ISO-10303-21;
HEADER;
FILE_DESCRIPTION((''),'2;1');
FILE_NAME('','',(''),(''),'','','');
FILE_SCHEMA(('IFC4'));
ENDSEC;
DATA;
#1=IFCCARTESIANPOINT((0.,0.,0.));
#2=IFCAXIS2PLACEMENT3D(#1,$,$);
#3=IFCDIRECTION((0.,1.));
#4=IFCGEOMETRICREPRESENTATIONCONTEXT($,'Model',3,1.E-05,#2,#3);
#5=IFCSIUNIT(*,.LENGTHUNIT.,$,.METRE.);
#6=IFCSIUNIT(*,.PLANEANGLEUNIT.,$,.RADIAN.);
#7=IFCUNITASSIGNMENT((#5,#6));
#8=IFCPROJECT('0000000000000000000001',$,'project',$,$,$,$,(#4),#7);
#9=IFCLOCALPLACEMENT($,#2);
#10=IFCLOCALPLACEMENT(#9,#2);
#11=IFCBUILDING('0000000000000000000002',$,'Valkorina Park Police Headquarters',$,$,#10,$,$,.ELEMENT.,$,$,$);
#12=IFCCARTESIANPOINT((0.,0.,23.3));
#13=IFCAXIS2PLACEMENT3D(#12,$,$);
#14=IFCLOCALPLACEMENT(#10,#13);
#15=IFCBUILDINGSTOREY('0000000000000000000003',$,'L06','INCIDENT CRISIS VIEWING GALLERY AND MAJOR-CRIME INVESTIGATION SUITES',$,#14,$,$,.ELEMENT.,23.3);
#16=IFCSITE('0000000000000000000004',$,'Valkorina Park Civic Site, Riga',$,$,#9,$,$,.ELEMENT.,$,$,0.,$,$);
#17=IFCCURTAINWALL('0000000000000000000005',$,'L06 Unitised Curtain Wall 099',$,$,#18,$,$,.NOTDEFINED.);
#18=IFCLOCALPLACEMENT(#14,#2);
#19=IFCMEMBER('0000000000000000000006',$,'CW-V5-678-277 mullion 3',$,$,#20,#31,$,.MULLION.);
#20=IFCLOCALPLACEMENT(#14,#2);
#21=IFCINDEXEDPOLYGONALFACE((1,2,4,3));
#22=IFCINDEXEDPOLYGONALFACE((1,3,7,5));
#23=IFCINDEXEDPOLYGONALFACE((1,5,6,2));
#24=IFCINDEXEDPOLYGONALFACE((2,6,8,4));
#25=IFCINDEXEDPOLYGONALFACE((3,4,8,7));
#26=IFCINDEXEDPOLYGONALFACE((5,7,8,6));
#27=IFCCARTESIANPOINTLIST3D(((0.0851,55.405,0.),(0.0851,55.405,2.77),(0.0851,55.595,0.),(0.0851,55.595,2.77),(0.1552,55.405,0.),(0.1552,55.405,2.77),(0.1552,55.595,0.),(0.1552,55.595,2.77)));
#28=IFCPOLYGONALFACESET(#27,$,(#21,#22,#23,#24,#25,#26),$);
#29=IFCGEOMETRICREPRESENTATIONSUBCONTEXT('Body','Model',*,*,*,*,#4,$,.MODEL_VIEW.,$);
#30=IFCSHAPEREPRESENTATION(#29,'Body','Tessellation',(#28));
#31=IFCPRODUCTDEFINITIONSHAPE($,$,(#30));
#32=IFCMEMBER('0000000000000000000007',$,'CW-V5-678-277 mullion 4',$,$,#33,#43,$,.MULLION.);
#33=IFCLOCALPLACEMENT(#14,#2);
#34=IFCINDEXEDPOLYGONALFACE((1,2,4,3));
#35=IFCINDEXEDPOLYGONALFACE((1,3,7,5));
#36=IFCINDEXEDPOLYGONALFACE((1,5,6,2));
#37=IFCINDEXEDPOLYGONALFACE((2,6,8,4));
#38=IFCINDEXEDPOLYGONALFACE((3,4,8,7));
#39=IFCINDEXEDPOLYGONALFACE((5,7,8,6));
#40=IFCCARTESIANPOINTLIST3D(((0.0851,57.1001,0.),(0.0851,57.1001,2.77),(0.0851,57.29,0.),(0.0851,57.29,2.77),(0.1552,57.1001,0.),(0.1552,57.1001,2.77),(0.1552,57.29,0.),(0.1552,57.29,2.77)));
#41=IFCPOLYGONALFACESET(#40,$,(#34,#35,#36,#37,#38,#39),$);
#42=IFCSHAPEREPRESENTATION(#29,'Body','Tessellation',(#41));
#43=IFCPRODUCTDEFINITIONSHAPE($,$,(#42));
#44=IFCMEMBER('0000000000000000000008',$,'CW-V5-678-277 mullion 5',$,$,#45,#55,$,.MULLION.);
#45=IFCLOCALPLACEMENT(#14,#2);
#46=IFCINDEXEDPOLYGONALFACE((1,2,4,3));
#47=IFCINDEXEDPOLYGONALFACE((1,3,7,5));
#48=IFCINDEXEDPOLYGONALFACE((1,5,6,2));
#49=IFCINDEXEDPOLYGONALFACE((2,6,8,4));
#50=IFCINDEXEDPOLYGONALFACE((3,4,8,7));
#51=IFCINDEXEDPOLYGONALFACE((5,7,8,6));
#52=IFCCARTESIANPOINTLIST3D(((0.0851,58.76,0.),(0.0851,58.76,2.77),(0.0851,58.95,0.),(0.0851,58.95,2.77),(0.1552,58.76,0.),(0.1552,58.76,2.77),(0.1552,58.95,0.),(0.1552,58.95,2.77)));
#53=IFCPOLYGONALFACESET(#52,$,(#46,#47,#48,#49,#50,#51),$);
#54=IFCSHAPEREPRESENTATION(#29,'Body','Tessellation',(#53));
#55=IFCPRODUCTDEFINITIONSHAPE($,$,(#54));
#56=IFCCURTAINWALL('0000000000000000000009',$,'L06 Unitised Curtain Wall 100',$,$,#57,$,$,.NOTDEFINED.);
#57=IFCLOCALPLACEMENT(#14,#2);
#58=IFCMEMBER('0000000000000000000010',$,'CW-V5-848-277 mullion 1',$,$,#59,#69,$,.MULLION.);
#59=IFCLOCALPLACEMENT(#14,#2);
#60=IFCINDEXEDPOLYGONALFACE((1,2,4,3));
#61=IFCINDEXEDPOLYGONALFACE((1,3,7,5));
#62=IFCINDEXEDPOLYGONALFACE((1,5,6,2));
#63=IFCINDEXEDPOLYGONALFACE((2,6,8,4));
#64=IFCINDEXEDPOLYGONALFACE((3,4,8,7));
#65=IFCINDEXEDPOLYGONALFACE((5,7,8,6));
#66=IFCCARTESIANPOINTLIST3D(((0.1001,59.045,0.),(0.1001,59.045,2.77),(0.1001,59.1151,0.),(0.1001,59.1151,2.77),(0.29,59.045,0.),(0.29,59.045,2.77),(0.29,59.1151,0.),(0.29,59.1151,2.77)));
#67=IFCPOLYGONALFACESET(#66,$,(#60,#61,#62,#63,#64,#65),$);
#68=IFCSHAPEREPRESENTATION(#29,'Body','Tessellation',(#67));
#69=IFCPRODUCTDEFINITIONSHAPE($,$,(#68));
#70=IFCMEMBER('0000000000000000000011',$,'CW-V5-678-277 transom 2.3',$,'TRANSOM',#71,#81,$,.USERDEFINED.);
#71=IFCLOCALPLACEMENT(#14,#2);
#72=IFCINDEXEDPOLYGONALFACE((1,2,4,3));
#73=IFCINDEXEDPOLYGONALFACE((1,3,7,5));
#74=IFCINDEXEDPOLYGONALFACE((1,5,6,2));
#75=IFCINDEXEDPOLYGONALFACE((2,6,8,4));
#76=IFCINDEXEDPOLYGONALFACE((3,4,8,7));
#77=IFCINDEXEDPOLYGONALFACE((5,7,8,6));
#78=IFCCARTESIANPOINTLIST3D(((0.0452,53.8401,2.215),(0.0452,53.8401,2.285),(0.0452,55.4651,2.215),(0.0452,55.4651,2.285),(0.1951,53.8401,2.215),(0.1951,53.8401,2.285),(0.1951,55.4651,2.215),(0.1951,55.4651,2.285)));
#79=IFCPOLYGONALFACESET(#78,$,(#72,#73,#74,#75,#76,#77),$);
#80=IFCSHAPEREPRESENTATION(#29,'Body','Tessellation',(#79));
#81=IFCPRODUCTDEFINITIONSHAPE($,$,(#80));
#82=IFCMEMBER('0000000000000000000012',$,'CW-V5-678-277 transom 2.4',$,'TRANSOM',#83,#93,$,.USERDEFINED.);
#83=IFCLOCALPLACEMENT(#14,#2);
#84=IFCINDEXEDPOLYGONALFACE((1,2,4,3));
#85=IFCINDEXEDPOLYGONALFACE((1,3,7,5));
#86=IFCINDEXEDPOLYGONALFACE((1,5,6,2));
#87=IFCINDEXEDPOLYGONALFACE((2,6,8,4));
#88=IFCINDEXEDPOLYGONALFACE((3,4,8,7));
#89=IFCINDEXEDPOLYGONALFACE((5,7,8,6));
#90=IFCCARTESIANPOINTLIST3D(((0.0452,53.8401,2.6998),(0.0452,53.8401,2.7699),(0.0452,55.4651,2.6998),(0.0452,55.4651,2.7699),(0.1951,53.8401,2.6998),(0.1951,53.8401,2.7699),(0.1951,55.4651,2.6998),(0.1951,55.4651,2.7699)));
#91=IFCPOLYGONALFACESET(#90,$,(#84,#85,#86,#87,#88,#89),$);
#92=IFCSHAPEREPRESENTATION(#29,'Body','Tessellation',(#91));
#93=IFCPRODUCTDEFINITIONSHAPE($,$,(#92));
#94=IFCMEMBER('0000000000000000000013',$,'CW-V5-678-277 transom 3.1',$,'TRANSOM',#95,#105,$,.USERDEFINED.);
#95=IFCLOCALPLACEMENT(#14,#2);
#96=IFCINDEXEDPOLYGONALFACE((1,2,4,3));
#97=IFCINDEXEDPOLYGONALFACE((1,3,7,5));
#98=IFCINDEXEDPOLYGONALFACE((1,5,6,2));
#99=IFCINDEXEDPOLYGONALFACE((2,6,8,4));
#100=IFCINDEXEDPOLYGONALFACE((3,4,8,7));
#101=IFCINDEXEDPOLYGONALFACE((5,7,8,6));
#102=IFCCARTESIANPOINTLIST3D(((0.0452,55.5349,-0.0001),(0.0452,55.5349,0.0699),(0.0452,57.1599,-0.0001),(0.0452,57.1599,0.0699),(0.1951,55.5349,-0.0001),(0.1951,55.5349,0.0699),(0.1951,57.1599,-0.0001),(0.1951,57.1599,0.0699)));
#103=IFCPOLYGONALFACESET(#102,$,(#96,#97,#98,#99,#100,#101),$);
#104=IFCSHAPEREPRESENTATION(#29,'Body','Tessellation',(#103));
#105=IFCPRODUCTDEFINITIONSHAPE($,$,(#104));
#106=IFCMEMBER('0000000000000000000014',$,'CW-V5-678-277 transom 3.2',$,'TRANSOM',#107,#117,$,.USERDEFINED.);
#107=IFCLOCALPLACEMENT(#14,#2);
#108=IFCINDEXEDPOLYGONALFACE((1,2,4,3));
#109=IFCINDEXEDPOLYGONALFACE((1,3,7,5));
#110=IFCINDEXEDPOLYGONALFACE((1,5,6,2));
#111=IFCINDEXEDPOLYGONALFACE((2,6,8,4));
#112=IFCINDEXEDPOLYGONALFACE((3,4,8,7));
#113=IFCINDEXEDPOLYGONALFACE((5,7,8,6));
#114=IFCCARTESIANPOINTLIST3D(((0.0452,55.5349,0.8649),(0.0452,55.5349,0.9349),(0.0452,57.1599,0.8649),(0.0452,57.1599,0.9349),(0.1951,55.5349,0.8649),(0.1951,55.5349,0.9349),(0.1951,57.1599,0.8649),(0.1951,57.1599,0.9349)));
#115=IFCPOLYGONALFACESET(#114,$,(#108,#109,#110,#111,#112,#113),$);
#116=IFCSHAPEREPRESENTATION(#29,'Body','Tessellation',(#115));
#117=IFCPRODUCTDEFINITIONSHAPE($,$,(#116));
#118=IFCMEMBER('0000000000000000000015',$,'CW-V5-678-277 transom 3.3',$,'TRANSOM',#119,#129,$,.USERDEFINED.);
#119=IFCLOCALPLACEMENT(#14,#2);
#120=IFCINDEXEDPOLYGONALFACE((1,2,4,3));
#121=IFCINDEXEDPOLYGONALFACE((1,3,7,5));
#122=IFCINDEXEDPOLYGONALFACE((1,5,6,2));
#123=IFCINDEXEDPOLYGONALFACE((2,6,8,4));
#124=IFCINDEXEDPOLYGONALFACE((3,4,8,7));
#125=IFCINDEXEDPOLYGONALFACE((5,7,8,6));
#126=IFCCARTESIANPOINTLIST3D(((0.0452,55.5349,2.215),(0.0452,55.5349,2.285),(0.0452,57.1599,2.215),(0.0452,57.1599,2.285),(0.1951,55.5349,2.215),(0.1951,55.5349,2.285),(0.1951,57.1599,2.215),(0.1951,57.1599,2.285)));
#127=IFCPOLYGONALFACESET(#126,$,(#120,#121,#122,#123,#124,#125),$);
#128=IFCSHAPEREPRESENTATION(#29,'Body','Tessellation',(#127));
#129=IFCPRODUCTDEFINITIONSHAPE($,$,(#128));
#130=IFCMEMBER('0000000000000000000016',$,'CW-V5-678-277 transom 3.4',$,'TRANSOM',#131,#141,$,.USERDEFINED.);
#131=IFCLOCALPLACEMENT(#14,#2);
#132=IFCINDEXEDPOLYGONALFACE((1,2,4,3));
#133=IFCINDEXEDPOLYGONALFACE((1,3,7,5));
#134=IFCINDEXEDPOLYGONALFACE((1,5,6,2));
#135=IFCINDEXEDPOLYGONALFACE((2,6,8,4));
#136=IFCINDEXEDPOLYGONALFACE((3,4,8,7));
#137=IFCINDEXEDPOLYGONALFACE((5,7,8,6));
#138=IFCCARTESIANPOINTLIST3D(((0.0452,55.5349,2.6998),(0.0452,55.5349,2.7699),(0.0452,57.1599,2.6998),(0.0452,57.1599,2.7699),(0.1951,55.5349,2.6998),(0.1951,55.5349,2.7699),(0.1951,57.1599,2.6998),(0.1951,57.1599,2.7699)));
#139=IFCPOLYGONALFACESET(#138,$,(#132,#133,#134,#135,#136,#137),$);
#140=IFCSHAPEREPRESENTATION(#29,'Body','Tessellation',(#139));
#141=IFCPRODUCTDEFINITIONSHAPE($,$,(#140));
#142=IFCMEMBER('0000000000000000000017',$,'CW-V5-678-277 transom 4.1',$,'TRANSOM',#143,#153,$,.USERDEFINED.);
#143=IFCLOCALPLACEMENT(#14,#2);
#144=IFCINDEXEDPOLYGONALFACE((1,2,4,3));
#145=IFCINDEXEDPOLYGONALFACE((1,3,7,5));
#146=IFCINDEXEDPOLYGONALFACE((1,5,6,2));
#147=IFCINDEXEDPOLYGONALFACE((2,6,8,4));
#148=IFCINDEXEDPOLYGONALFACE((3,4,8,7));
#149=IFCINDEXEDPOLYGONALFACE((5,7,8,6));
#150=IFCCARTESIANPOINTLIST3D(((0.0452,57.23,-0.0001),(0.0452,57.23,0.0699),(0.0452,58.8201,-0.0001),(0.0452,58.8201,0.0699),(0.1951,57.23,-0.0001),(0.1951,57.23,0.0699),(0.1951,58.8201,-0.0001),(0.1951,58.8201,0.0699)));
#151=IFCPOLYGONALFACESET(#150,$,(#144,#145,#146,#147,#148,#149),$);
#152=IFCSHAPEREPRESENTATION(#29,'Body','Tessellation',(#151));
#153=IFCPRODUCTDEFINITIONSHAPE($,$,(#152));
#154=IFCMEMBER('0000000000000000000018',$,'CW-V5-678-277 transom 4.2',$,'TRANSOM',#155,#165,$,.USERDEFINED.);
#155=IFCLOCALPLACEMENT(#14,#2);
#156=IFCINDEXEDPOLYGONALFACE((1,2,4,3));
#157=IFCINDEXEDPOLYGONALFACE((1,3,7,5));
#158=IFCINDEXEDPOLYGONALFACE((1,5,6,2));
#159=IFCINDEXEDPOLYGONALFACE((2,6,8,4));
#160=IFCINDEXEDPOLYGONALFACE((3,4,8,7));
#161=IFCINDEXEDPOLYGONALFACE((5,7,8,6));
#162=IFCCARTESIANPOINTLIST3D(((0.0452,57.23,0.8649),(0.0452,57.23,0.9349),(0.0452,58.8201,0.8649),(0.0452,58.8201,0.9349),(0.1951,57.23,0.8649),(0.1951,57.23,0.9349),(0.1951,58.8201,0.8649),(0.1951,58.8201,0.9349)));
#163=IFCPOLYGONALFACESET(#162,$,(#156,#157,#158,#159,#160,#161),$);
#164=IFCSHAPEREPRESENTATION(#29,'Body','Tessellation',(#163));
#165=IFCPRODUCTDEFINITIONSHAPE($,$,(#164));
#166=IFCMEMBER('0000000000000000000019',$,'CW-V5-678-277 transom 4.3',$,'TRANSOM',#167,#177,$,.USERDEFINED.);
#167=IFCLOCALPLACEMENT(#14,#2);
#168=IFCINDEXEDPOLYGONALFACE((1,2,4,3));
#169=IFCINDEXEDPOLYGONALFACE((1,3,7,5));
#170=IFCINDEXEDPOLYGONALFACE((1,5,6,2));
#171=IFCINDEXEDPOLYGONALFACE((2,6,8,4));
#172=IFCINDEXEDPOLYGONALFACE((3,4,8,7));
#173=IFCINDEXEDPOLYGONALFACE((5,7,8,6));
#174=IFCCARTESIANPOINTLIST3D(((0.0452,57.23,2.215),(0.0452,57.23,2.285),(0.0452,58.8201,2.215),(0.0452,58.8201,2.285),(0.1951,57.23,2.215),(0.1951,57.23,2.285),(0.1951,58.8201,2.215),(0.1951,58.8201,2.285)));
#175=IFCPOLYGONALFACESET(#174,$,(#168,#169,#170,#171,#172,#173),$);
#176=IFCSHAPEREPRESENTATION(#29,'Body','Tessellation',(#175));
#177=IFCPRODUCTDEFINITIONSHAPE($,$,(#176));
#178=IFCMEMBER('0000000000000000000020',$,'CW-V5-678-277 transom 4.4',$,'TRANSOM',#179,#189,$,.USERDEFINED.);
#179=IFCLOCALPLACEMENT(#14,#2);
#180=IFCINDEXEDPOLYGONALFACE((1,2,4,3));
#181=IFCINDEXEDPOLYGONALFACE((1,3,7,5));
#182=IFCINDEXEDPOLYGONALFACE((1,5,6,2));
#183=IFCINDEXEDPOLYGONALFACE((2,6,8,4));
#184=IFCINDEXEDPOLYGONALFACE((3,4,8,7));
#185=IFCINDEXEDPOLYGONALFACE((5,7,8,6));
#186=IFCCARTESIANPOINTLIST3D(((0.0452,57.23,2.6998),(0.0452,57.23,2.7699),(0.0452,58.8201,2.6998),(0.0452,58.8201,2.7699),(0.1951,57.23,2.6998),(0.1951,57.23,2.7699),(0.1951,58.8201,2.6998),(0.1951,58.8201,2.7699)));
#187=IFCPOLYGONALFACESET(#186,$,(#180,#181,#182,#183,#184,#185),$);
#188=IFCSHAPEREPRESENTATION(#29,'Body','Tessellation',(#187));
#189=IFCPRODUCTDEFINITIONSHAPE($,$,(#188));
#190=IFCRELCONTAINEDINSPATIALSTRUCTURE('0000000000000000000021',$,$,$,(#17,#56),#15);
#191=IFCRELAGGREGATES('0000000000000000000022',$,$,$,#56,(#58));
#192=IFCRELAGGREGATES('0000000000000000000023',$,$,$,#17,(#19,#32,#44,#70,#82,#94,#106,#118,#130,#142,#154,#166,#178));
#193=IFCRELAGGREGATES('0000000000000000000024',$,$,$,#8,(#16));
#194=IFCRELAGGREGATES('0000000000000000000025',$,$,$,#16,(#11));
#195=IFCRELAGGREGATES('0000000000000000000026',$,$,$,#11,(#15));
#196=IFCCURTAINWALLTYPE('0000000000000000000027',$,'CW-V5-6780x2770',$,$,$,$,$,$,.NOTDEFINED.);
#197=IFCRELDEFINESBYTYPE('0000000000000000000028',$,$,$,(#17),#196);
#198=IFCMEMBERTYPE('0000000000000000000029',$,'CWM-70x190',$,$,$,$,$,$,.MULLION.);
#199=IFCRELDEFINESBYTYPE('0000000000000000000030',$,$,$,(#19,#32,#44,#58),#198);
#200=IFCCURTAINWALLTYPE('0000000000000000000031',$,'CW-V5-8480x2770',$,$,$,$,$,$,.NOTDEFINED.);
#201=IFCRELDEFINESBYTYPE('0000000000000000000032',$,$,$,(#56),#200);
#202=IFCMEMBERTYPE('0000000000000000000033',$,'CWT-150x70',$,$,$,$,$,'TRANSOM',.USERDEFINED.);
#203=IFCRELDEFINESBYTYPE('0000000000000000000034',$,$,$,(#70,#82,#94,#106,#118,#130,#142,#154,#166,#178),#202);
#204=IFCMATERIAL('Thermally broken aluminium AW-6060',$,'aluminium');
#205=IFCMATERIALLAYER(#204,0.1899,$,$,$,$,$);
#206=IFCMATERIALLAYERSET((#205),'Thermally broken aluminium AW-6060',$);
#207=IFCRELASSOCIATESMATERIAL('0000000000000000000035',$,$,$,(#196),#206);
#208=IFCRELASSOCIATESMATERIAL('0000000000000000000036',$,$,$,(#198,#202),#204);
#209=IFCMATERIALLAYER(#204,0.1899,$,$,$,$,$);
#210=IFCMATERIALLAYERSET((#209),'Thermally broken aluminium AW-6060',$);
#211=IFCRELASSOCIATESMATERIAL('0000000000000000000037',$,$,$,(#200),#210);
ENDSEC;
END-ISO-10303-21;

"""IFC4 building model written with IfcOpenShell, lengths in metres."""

from ifc_helpers import new_model, si_unit, direction, frame, origin, origin_2d, place, context, subcontext, project, spatial, rectangle, extrude, material, layer, layer_set, material_profile, profile_set, type_object, element, aggregate, save


model = new_model("IFC4")

# Units and contexts
model_context = context("Model", 3, precision=1e-05, world=origin(), true_north=direction((0.0, 1.0)))
body_context = subcontext(model_context, "Body", "Model", "MODEL_VIEW")
ifc_project = project(units=[si_unit("LENGTHUNIT", "METRE"), si_unit("PLANEANGLEUNIT", "RADIAN")], contexts=[model_context])

# Site, building, storey
site_placement = place(None, origin())
site = spatial("IfcSite", under=ifc_project, at=site_placement, Name="Valkorina Park Civic Site, Riga", CompositionType="ELEMENT", RefElevation=0.0)
building_placement = place(site_placement, origin())
building = spatial("IfcBuilding", under=site, at=building_placement, Name="Valkorina Park Police Headquarters", CompositionType="ELEMENT")
storey_placement = place(building_placement, frame((0.0, 0.0, 23.3)))
storey = spatial("IfcBuildingStorey", under=building, at=storey_placement, Name="L06", Description="INCIDENT CRISIS VIEWING GALLERY AND MAJOR-CRIME INVESTIGATION SUITES", CompositionType="ELEMENT", Elevation=23.3)

# Curtain wall, members
ifc_material_1 = material(Name="Thermally broken aluminium AW-6060", Category="aluminium")
ifc_layer_1 = layer(ifc_material_1, 0.1899)
ifc_layer_set_1 = layer_set([ifc_layer_1], Name="Thermally broken aluminium AW-6060")
curtain_wall_type_1 = type_object("IfcCurtainWallType", Name="CW-V5-6780x2770", PredefinedType="NOTDEFINED", material=ifc_layer_set_1)
curtain_wall_1_placement = place(storey_placement, origin())
curtain_wall_1 = element("IfcCurtainWall", 1, at=curtain_wall_1_placement, inside=storey, type_object=curtain_wall_type_1, Name="L06 Unitised Curtain Wall 099", PredefinedType="NOTDEFINED")
ifc_material_profile_1 = material_profile(ifc_material_1, rectangle(XDim=0.0701, YDim=0.1899, at=origin_2d()), Name="CWM-02 70x190")
ifc_profile_set_1 = profile_set([ifc_material_profile_1], Name="Thermally broken aluminium AW-6060")
member_type_1 = type_object("IfcMemberType", Name="CWM-70x190", PredefinedType="MULLION", material=ifc_profile_set_1)
member_1_placement = place(storey_placement, frame((0.1201, 55.5, 0.0), z_axis=(0.0, 0.0, 1.0), x_axis=(-1.0, 0.0, 0.0)))
member_1 = element("IfcMember", 2, at=member_1_placement, type_object=member_type_1, Name="CW-V5-678-277 mullion 3", PredefinedType="MULLION", context=body_context, shape_type="SweptSolid", body=[
    extrude(rectangle(XDim=0.0701, YDim=0.1899, at=origin_2d()), origin(), (0.0, 0.0, 1.0), 2.77),
])
member_2_placement = place(storey_placement, frame((0.1201, 57.1951, 0.0), z_axis=(0.0, 0.0, 1.0), x_axis=(-1.0, 0.0, 0.0)))
member_2 = element("IfcMember", 3, at=member_2_placement, type_object=member_type_1, Name="CW-V5-678-277 mullion 4", PredefinedType="MULLION", context=body_context, shape_type="SweptSolid", body=[
    extrude(rectangle(XDim=0.0701, YDim=0.1899, at=origin_2d()), origin(), (0.0, 0.0, 1.0), 2.77),
])
member_3_placement = place(storey_placement, frame((0.1201, 58.855, 0.0), z_axis=(0.0, 0.0, 1.0), x_axis=(-1.0, 0.0, 0.0)))
member_3 = element("IfcMember", 4, at=member_3_placement, type_object=member_type_1, Name="CW-V5-678-277 mullion 5", PredefinedType="MULLION", context=body_context, shape_type="SweptSolid", body=[
    extrude(rectangle(XDim=0.0701, YDim=0.1899, at=origin_2d()), origin(), (0.0, 0.0, 1.0), 2.77),
])

# Curtain wall, member
ifc_layer_2 = layer(ifc_material_1, 0.1899)
ifc_layer_set_2 = layer_set([ifc_layer_2], Name="Thermally broken aluminium AW-6060")
curtain_wall_type_2 = type_object("IfcCurtainWallType", Name="CW-V5-8480x2770", PredefinedType="NOTDEFINED", material=ifc_layer_set_2)
curtain_wall_2_placement = place(storey_placement, origin())
curtain_wall_2 = element("IfcCurtainWall", 5, at=curtain_wall_2_placement, inside=storey, type_object=curtain_wall_type_2, Name="L06 Unitised Curtain Wall 100", PredefinedType="NOTDEFINED")
member_4_placement = place(storey_placement, frame((0.1951, 59.0801, 0.0), z_axis=(0.0, 0.0, 1.0), x_axis=(0.0, 1.0, 0.0)))
member_4 = element("IfcMember", 6, at=member_4_placement, type_object=member_type_1, Name="CW-V5-848-277 mullion 1", PredefinedType="MULLION", context=body_context, shape_type="SweptSolid", body=[
    extrude(rectangle(XDim=0.0701, YDim=0.1899, at=origin_2d()), origin(), (0.0, 0.0, 1.0), 2.77),
])
aggregate(curtain_wall_2, [member_4])

# Members
ifc_material_profile_2 = material_profile(ifc_material_1, rectangle(XDim=0.1499, YDim=0.0701, at=origin_2d()), Name="CWT-02 150x70")
ifc_profile_set_2 = profile_set([ifc_material_profile_2], Name="Thermally broken aluminium AW-6060")
member_type_2 = type_object("IfcMemberType", Name="CWT-150x70", ElementType="TRANSOM", PredefinedType="USERDEFINED", material=ifc_profile_set_2)
member_5_placement = place(storey_placement, frame((0.1201, 53.8401, 2.25), z_axis=(0.0, 1.0, 0.0), x_axis=(-1.0, 0.0, 0.0)))
member_5 = element("IfcMember", 7, at=member_5_placement, type_object=member_type_2, Name="CW-V5-678-277 transom 2.3", ObjectType="TRANSOM", PredefinedType="USERDEFINED", context=body_context, shape_type="SweptSolid", body=[
    extrude(rectangle(XDim=0.1499, YDim=0.0701, at=origin_2d()), origin(), (0.0, 0.0, 1.0), 1.625),
])
member_6_placement = place(storey_placement, frame((0.1201, 53.8401, 2.7349), z_axis=(0.0, 1.0, 0.0), x_axis=(-1.0, 0.0, 0.0)))
member_6 = element("IfcMember", 8, at=member_6_placement, type_object=member_type_2, Name="CW-V5-678-277 transom 2.4", ObjectType="TRANSOM", PredefinedType="USERDEFINED", context=body_context, shape_type="SweptSolid", body=[
    extrude(rectangle(XDim=0.1499, YDim=0.0701, at=origin_2d()), origin(), (0.0, 0.0, 1.0), 1.625),
])
member_7_placement = place(storey_placement, frame((0.1201, 55.5349, 0.0349), z_axis=(0.0, 1.0, 0.0), x_axis=(-1.0, 0.0, 0.0)))
member_7 = element("IfcMember", 9, at=member_7_placement, type_object=member_type_2, Name="CW-V5-678-277 transom 3.1", ObjectType="TRANSOM", PredefinedType="USERDEFINED", context=body_context, shape_type="SweptSolid", body=[
    extrude(rectangle(XDim=0.1499, YDim=0.0701, at=origin_2d()), origin(), (0.0, 0.0, 1.0), 1.625),
])
member_8_placement = place(storey_placement, frame((0.1201, 55.5349, 0.8999), z_axis=(0.0, 1.0, 0.0), x_axis=(-1.0, 0.0, 0.0)))
member_8 = element("IfcMember", 10, at=member_8_placement, type_object=member_type_2, Name="CW-V5-678-277 transom 3.2", ObjectType="TRANSOM", PredefinedType="USERDEFINED", context=body_context, shape_type="SweptSolid", body=[
    extrude(rectangle(XDim=0.1499, YDim=0.0701, at=origin_2d()), origin(), (0.0, 0.0, 1.0), 1.625),
])
member_9_placement = place(storey_placement, frame((0.1201, 55.5349, 2.25), z_axis=(0.0, 1.0, 0.0), x_axis=(-1.0, 0.0, 0.0)))
member_9 = element("IfcMember", 11, at=member_9_placement, type_object=member_type_2, Name="CW-V5-678-277 transom 3.3", ObjectType="TRANSOM", PredefinedType="USERDEFINED", context=body_context, shape_type="SweptSolid", body=[
    extrude(rectangle(XDim=0.1499, YDim=0.0701, at=origin_2d()), origin(), (0.0, 0.0, 1.0), 1.625),
])
member_10_placement = place(storey_placement, frame((0.1201, 55.5349, 2.7349), z_axis=(0.0, 1.0, 0.0), x_axis=(-1.0, 0.0, 0.0)))
member_10 = element("IfcMember", 12, at=member_10_placement, type_object=member_type_2, Name="CW-V5-678-277 transom 3.4", ObjectType="TRANSOM", PredefinedType="USERDEFINED", context=body_context, shape_type="SweptSolid", body=[
    extrude(rectangle(XDim=0.1499, YDim=0.0701, at=origin_2d()), origin(), (0.0, 0.0, 1.0), 1.625),
])
member_11_placement = place(storey_placement, frame((0.1201, 57.23, 0.0349), z_axis=(0.0, 1.0, 0.0), x_axis=(-1.0, 0.0, 0.0)))
member_11 = element("IfcMember", 13, at=member_11_placement, type_object=member_type_2, Name="CW-V5-678-277 transom 4.1", ObjectType="TRANSOM", PredefinedType="USERDEFINED", context=body_context, shape_type="SweptSolid", body=[
    extrude(rectangle(XDim=0.1499, YDim=0.0701, at=origin_2d()), origin(), (0.0, 0.0, 1.0), 1.5901),
])
member_12_placement = place(storey_placement, frame((0.1201, 57.23, 0.8999), z_axis=(0.0, 1.0, 0.0), x_axis=(-1.0, 0.0, 0.0)))
member_12 = element("IfcMember", 14, at=member_12_placement, type_object=member_type_2, Name="CW-V5-678-277 transom 4.2", ObjectType="TRANSOM", PredefinedType="USERDEFINED", context=body_context, shape_type="SweptSolid", body=[
    extrude(rectangle(XDim=0.1499, YDim=0.0701, at=origin_2d()), origin(), (0.0, 0.0, 1.0), 1.5901),
])
member_13_placement = place(storey_placement, frame((0.1201, 57.23, 2.25), z_axis=(0.0, 1.0, 0.0), x_axis=(-1.0, 0.0, 0.0)))
member_13 = element("IfcMember", 15, at=member_13_placement, type_object=member_type_2, Name="CW-V5-678-277 transom 4.3", ObjectType="TRANSOM", PredefinedType="USERDEFINED", context=body_context, shape_type="SweptSolid", body=[
    extrude(rectangle(XDim=0.1499, YDim=0.0701, at=origin_2d()), origin(), (0.0, 0.0, 1.0), 1.5901),
])
member_14_placement = place(storey_placement, frame((0.1201, 57.23, 2.7349), z_axis=(0.0, 1.0, 0.0), x_axis=(-1.0, 0.0, 0.0)))
member_14 = element("IfcMember", 16, at=member_14_placement, type_object=member_type_2, Name="CW-V5-678-277 transom 4.4", ObjectType="TRANSOM", PredefinedType="USERDEFINED", context=body_context, shape_type="SweptSolid", body=[
    extrude(rectangle(XDim=0.1499, YDim=0.0701, at=origin_2d()), origin(), (0.0, 0.0, 1.0), 1.5901),
])

aggregate(curtain_wall_1, [member_1, member_2, member_3, member_5, member_6, member_7, member_8, member_9, member_10, member_11, member_12, member_13, member_14])

save(model, "model.ifc")
